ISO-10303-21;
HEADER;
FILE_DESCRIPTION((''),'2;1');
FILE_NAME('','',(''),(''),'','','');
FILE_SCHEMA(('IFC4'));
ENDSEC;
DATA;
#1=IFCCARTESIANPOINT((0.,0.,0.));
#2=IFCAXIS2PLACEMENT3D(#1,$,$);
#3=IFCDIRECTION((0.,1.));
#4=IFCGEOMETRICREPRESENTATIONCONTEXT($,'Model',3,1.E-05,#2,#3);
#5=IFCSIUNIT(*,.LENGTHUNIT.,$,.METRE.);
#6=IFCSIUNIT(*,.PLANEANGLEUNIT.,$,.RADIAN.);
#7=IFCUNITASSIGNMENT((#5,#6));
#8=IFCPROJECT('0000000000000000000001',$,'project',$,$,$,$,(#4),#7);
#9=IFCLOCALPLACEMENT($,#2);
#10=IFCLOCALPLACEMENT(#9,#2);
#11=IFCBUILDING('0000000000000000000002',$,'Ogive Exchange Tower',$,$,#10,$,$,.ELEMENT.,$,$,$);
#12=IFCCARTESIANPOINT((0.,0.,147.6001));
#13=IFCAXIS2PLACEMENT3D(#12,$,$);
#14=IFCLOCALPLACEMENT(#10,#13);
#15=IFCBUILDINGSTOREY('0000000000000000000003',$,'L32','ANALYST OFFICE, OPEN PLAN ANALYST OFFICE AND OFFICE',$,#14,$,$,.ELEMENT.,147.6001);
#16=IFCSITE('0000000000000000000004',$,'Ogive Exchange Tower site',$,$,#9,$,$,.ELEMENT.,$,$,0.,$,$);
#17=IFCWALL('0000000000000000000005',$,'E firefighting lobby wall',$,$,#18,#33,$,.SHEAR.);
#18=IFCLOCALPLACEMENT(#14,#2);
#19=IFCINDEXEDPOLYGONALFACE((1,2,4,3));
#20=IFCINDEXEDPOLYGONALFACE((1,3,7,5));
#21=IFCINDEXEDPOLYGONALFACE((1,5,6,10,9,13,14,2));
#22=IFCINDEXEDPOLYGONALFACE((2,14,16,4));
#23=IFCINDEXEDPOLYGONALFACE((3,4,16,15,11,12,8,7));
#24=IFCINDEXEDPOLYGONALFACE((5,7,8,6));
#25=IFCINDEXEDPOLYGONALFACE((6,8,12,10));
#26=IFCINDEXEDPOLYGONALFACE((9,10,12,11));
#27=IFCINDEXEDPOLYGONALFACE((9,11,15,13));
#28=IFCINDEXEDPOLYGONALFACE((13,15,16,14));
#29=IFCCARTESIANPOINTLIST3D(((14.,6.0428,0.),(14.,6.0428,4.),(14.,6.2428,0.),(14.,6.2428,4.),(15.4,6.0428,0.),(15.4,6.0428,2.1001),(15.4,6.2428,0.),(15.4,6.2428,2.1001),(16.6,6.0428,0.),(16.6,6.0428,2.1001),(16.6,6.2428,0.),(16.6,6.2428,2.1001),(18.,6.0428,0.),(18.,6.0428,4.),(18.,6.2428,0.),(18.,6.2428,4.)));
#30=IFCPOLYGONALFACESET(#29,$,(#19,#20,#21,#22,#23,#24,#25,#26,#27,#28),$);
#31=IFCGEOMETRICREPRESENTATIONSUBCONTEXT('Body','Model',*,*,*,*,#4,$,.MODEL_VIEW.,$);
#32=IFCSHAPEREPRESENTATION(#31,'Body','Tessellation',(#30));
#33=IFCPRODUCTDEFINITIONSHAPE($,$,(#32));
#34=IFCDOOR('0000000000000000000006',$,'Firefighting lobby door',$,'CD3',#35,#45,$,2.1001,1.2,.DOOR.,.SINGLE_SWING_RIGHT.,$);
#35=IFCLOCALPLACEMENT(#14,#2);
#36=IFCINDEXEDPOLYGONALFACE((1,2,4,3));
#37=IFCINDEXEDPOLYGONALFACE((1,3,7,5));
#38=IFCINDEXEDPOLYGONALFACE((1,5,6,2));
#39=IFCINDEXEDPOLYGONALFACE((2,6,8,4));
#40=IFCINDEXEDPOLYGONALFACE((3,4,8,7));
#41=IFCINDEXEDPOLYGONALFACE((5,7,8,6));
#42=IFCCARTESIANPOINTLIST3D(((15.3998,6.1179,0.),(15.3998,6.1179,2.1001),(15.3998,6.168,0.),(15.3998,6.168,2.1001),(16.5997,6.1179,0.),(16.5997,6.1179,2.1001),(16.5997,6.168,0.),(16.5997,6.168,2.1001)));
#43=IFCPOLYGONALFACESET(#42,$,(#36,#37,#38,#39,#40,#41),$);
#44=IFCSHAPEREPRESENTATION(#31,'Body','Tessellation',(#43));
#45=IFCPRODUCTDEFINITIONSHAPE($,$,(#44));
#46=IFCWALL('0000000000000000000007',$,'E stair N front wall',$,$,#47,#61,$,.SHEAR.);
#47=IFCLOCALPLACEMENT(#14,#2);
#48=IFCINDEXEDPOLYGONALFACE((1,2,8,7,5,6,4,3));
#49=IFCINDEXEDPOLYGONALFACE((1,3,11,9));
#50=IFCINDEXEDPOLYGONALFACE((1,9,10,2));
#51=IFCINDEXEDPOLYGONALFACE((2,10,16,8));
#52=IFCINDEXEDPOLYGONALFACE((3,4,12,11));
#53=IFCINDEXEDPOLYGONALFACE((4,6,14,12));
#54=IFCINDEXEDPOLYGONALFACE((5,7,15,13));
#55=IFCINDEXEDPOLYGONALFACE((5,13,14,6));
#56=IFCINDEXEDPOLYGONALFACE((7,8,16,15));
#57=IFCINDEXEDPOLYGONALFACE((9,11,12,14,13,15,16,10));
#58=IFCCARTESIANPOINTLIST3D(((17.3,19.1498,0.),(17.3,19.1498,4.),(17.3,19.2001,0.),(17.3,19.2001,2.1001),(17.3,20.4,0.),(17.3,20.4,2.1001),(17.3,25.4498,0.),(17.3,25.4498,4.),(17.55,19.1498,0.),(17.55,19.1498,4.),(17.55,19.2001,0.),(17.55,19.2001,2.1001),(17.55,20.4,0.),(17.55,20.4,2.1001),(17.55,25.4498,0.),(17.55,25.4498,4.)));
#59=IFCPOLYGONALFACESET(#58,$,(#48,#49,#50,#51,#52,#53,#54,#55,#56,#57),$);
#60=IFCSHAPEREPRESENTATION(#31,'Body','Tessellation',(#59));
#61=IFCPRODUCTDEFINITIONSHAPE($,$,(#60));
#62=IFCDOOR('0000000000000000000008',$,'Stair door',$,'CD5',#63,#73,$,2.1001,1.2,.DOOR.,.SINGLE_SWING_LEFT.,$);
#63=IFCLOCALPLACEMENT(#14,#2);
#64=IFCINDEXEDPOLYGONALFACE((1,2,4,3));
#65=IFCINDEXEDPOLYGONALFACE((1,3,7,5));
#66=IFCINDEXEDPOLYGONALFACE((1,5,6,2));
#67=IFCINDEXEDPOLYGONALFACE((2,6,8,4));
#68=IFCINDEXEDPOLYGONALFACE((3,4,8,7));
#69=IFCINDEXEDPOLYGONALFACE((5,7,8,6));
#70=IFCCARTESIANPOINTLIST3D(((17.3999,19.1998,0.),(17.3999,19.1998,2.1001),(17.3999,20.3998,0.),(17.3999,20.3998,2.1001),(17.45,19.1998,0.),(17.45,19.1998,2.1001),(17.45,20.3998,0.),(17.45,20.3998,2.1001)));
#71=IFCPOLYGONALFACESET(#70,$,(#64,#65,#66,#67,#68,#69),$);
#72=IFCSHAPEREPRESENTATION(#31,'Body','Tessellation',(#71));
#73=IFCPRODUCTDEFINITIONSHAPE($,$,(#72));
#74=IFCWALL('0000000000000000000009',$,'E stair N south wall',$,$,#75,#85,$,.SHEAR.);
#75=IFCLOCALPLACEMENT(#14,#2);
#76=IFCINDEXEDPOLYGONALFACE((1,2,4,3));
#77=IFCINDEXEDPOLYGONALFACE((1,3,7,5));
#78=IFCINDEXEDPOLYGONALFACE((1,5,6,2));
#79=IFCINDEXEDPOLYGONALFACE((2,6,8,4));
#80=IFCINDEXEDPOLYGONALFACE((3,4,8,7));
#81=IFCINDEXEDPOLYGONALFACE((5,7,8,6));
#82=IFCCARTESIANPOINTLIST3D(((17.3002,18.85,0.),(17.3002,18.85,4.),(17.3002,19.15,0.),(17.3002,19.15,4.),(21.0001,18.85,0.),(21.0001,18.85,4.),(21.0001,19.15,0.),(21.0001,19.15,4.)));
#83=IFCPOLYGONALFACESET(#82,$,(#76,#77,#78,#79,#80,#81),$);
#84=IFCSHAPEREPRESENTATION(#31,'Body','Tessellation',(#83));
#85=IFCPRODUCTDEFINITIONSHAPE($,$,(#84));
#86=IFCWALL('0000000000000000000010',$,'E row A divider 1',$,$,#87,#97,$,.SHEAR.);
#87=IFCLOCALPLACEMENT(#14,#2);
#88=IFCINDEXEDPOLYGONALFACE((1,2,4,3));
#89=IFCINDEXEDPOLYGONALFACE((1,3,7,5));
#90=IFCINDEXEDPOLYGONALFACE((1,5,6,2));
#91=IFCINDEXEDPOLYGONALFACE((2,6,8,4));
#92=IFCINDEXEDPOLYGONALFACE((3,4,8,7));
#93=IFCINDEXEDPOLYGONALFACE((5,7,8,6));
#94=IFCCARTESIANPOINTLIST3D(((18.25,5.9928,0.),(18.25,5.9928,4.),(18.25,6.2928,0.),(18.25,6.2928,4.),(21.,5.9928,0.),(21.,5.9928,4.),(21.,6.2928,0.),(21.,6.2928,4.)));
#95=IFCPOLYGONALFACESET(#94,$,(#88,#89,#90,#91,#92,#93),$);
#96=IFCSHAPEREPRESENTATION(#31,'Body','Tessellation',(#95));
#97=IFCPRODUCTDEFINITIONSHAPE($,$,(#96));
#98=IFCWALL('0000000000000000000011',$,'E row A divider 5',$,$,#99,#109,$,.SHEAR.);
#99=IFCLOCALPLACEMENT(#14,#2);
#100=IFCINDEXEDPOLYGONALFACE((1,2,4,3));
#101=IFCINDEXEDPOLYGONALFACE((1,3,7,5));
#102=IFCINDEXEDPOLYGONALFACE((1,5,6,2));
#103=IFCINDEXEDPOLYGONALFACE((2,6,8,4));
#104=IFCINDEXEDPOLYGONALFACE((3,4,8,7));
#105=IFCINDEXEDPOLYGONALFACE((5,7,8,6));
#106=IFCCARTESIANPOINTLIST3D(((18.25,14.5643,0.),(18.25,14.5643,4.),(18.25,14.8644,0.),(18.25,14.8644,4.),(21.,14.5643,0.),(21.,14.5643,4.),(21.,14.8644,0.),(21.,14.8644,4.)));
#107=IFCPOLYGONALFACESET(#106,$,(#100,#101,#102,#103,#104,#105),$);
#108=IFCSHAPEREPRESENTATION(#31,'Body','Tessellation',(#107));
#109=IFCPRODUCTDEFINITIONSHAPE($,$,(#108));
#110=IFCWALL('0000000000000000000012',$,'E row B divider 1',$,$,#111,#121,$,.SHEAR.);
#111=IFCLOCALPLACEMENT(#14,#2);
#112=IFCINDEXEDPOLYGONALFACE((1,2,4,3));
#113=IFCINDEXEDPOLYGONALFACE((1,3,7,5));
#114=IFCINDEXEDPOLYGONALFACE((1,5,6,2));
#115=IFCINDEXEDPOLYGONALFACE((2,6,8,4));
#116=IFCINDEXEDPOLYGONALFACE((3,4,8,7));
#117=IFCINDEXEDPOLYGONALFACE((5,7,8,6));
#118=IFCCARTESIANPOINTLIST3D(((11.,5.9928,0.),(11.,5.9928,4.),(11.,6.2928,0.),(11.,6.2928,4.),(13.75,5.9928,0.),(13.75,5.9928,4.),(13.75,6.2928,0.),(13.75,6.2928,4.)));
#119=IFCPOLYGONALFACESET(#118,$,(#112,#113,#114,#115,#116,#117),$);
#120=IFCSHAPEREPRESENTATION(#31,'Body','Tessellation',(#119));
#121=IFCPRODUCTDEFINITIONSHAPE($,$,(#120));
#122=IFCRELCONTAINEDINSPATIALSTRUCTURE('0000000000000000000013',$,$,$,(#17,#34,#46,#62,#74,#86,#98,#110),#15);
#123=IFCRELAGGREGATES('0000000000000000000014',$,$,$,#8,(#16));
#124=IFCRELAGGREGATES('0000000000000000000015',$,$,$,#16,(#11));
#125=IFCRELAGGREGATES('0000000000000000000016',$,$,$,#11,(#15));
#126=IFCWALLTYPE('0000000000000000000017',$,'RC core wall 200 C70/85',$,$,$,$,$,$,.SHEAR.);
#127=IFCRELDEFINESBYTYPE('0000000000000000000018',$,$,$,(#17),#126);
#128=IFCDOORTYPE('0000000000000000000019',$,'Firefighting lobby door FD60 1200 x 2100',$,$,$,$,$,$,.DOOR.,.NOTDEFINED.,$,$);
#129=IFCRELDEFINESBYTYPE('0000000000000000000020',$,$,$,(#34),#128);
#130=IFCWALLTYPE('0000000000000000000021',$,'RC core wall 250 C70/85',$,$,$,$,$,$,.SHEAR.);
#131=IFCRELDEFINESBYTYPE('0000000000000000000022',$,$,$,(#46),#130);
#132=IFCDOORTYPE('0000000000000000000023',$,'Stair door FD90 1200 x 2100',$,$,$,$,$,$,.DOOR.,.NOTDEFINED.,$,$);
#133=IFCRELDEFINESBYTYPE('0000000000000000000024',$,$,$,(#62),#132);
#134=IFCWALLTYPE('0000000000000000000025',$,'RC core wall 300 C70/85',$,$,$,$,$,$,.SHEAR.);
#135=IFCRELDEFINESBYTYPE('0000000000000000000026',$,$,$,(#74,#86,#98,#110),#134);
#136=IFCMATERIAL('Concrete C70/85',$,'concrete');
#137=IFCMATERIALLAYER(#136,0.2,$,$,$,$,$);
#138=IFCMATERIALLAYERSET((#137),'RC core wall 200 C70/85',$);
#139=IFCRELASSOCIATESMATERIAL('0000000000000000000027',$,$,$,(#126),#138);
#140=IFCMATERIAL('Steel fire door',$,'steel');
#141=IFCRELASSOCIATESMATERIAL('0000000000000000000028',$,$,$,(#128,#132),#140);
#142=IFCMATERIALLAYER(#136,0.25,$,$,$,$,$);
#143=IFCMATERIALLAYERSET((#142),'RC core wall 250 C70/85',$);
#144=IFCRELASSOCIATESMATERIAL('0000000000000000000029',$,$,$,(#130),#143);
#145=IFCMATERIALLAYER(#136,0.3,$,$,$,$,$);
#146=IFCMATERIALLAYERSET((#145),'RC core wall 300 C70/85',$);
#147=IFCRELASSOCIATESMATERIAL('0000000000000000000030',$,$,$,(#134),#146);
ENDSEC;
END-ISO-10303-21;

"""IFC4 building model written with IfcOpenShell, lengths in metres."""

from ifc_helpers import new_model, si_unit, direction, frame, frame_2d, origin, place, context, subcontext, project, spatial, rectangle, extrude, material, layer, layer_set, type_object, element, fill, save


model = new_model("IFC4")

# Units and contexts
model_context = context("Model", 3, precision=1e-05, world=origin(), true_north=direction((0.0, 1.0)))
body_context = subcontext(model_context, "Body", "Model", "MODEL_VIEW")
ifc_project = project(units=[si_unit("LENGTHUNIT", "METRE"), si_unit("PLANEANGLEUNIT", "RADIAN")], contexts=[model_context])

# Site, building, storey
site_placement = place(None, origin())
site = spatial("IfcSite", under=ifc_project, at=site_placement, Name="Ogive Exchange Tower site", CompositionType="ELEMENT", RefElevation=0.0)
building_placement = place(site_placement, origin())
building = spatial("IfcBuilding", under=site, at=building_placement, Name="Ogive Exchange Tower", CompositionType="ELEMENT")
storey_placement = place(building_placement, frame((0.0, 0.0, 147.6001)))
storey = spatial("IfcBuildingStorey", under=building, at=storey_placement, Name="L32", Description="ANALYST OFFICE, OPEN PLAN ANALYST OFFICE AND OFFICE", CompositionType="ELEMENT", Elevation=147.6001)

# Walls, openings, doors
ifc_material_1 = material(Name="Concrete C70/85", Category="concrete")
ifc_layer_1 = layer(ifc_material_1, 0.2)
ifc_layer_set_1 = layer_set([ifc_layer_1], Name="RC core wall 200 C70/85")
wall_type_1 = type_object("IfcWallType", Name="RC core wall 200 C70/85", PredefinedType="SHEAR", material=ifc_layer_set_1)
wall_1_placement = place(storey_placement, frame((14.0, 6.1428, 0.0), z_axis=(0.0, 0.0, 1.0), x_axis=(1.0, 0.0, 0.0)))
wall_1 = element("IfcWall", 1, at=wall_1_placement, inside=storey, type_object=wall_type_1, Name="E firefighting lobby wall", PredefinedType="SHEAR", context=body_context, shape_type="SweptSolid", body=[
    extrude(rectangle(XDim=4.0, YDim=0.2, at=frame_2d((2.0, 0.0))), origin(), (0.0, 0.0, 1.0), 4.0),
])
opening_1_placement = place(wall_1_placement, frame((1.3999, 0.0, 0.0)))
opening_1 = element("IfcOpeningElement", 2, at=opening_1_placement, cuts=wall_1, PredefinedType="OPENING", context=body_context, shape_type="SweptSolid", body=[
    extrude(rectangle(XDim=1.2, YDim=2.1001, at=frame_2d((0.6001, 1.05))), frame((0.0, 0.1099, 0.0), z_axis=(0.0, -1.0, 0.0), x_axis=(1.0, 0.0, 0.0)), (0.0, 0.0, 1.0), 0.22),
])
ifc_material_2 = material(Name="Steel fire door", Category="steel")
door_type_1 = type_object("IfcDoorType", Name="Firefighting lobby door FD60 1200 x 2100", OperationType="NOTDEFINED", PredefinedType="DOOR", material=ifc_material_2)
door_1_placement = place(opening_1_placement, frame((1.2, 0.0, 0.0), z_axis=(0.0, 0.0, 1.0), x_axis=(-1.0, 0.0, 0.0)))
door_1 = element("IfcDoor", 3, at=door_1_placement, inside=storey, type_object=door_type_1, Name="Firefighting lobby door", ObjectType="CD3", OperationType="SINGLE_SWING_RIGHT", OverallHeight=2.1001, OverallWidth=1.2, PredefinedType="DOOR", context=body_context, shape_type="SweptSolid", body=[
    extrude(rectangle(XDim=1.2, YDim=2.1001, at=frame_2d((0.6001, 1.05))), frame((0.0, 0.0249, 0.0), z_axis=(0.0, -1.0, 0.0), x_axis=(1.0, 0.0, 0.0)), (0.0, 0.0, 1.0), 0.05),
])
fill(opening_1, door_1)
ifc_layer_2 = layer(ifc_material_1, 0.25)
ifc_layer_set_2 = layer_set([ifc_layer_2], Name="RC core wall 250 C70/85")
wall_type_2 = type_object("IfcWallType", Name="RC core wall 250 C70/85", PredefinedType="SHEAR", material=ifc_layer_set_2)
wall_2_placement = place(storey_placement, frame((17.425, 19.1499, 0.0), z_axis=(0.0, 0.0, 1.0), x_axis=(0.0, 1.0, 0.0)))
wall_2 = element("IfcWall", 4, at=wall_2_placement, inside=storey, type_object=wall_type_2, Name="E stair N front wall", PredefinedType="SHEAR", context=body_context, shape_type="SweptSolid", body=[
    extrude(rectangle(XDim=6.3, YDim=0.25, at=frame_2d((3.1499, 0.0))), origin(), (0.0, 0.0, 1.0), 4.0),
])
opening_2_placement = place(wall_2_placement, frame((0.05, 0.0, 0.0)))
opening_2 = element("IfcOpeningElement", 5, at=opening_2_placement, cuts=wall_2, PredefinedType="OPENING", context=body_context, shape_type="SweptSolid", body=[
    extrude(rectangle(XDim=1.2, YDim=2.1001, at=frame_2d((0.6001, 1.05))), frame((0.0, 0.135, 0.0), z_axis=(0.0, -1.0, 0.0), x_axis=(1.0, 0.0, 0.0)), (0.0, 0.0, 1.0), 0.27),
])
door_type_2 = type_object("IfcDoorType", Name="Stair door FD90 1200 x 2100", OperationType="NOTDEFINED", PredefinedType="DOOR", material=ifc_material_2)
door_2_placement = place(opening_2_placement, frame((1.2, 0.0, 0.0), z_axis=(0.0, 0.0, 1.0), x_axis=(-1.0, 0.0, 0.0)))
door_2 = element("IfcDoor", 6, at=door_2_placement, inside=storey, type_object=door_type_2, Name="Stair door", ObjectType="CD5", OperationType="SINGLE_SWING_LEFT", OverallHeight=2.1001, OverallWidth=1.2, PredefinedType="DOOR", context=body_context, shape_type="SweptSolid", body=[
    extrude(rectangle(XDim=1.2, YDim=2.1001, at=frame_2d((0.6001, 1.05))), frame((0.0, 0.0249, 0.0), z_axis=(0.0, -1.0, 0.0), x_axis=(1.0, 0.0, 0.0)), (0.0, 0.0, 1.0), 0.05),
])
fill(opening_2, door_2)

# Walls
ifc_layer_3 = layer(ifc_material_1, 0.3)
ifc_layer_set_3 = layer_set([ifc_layer_3], Name="RC core wall 300 C70/85")
wall_type_3 = type_object("IfcWallType", Name="RC core wall 300 C70/85", PredefinedType="SHEAR", material=ifc_layer_set_3)
wall_3_placement = place(storey_placement, frame((17.3, 19.0, 0.0), z_axis=(0.0, 0.0, 1.0), x_axis=(1.0, 0.0, 0.0)))
element("IfcWall", 7, at=wall_3_placement, inside=storey, type_object=wall_type_3, Name="E stair N south wall", PredefinedType="SHEAR", context=body_context, shape_type="SweptSolid", body=[
    extrude(rectangle(XDim=3.7, YDim=0.3, at=frame_2d((1.8501, 0.0))), origin(), (0.0, 0.0, 1.0), 4.0),
])
for number, where, z_axis, x_axis, name in (
    (8, (18.25, 6.1428, 0.0), (0.0, 0.0, 1.0), (1.0, 0.0, 0.0), "E row A divider 1"),
    (9, (18.25, 14.7144, 0.0), (0.0, 0.0, 1.0), (1.0, 0.0, 0.0), "E row A divider 5"),
    (10, (11.0, 6.1428, 0.0), (0.0, 0.0, 1.0), (1.0, 0.0, 0.0), "E row B divider 1"),
):
    element("IfcWall", number, at=place(storey_placement, frame(where, z_axis=z_axis, x_axis=x_axis)), inside=storey, type_object=wall_type_3, Name=name, PredefinedType="SHEAR", context=body_context, shape_type="SweptSolid", body=[
        extrude(rectangle(XDim=2.75, YDim=0.3, at=frame_2d((1.375, 0.0))), origin(), (0.0, 0.0, 1.0), 4.0),
    ])

save(model, "model.ifc")
